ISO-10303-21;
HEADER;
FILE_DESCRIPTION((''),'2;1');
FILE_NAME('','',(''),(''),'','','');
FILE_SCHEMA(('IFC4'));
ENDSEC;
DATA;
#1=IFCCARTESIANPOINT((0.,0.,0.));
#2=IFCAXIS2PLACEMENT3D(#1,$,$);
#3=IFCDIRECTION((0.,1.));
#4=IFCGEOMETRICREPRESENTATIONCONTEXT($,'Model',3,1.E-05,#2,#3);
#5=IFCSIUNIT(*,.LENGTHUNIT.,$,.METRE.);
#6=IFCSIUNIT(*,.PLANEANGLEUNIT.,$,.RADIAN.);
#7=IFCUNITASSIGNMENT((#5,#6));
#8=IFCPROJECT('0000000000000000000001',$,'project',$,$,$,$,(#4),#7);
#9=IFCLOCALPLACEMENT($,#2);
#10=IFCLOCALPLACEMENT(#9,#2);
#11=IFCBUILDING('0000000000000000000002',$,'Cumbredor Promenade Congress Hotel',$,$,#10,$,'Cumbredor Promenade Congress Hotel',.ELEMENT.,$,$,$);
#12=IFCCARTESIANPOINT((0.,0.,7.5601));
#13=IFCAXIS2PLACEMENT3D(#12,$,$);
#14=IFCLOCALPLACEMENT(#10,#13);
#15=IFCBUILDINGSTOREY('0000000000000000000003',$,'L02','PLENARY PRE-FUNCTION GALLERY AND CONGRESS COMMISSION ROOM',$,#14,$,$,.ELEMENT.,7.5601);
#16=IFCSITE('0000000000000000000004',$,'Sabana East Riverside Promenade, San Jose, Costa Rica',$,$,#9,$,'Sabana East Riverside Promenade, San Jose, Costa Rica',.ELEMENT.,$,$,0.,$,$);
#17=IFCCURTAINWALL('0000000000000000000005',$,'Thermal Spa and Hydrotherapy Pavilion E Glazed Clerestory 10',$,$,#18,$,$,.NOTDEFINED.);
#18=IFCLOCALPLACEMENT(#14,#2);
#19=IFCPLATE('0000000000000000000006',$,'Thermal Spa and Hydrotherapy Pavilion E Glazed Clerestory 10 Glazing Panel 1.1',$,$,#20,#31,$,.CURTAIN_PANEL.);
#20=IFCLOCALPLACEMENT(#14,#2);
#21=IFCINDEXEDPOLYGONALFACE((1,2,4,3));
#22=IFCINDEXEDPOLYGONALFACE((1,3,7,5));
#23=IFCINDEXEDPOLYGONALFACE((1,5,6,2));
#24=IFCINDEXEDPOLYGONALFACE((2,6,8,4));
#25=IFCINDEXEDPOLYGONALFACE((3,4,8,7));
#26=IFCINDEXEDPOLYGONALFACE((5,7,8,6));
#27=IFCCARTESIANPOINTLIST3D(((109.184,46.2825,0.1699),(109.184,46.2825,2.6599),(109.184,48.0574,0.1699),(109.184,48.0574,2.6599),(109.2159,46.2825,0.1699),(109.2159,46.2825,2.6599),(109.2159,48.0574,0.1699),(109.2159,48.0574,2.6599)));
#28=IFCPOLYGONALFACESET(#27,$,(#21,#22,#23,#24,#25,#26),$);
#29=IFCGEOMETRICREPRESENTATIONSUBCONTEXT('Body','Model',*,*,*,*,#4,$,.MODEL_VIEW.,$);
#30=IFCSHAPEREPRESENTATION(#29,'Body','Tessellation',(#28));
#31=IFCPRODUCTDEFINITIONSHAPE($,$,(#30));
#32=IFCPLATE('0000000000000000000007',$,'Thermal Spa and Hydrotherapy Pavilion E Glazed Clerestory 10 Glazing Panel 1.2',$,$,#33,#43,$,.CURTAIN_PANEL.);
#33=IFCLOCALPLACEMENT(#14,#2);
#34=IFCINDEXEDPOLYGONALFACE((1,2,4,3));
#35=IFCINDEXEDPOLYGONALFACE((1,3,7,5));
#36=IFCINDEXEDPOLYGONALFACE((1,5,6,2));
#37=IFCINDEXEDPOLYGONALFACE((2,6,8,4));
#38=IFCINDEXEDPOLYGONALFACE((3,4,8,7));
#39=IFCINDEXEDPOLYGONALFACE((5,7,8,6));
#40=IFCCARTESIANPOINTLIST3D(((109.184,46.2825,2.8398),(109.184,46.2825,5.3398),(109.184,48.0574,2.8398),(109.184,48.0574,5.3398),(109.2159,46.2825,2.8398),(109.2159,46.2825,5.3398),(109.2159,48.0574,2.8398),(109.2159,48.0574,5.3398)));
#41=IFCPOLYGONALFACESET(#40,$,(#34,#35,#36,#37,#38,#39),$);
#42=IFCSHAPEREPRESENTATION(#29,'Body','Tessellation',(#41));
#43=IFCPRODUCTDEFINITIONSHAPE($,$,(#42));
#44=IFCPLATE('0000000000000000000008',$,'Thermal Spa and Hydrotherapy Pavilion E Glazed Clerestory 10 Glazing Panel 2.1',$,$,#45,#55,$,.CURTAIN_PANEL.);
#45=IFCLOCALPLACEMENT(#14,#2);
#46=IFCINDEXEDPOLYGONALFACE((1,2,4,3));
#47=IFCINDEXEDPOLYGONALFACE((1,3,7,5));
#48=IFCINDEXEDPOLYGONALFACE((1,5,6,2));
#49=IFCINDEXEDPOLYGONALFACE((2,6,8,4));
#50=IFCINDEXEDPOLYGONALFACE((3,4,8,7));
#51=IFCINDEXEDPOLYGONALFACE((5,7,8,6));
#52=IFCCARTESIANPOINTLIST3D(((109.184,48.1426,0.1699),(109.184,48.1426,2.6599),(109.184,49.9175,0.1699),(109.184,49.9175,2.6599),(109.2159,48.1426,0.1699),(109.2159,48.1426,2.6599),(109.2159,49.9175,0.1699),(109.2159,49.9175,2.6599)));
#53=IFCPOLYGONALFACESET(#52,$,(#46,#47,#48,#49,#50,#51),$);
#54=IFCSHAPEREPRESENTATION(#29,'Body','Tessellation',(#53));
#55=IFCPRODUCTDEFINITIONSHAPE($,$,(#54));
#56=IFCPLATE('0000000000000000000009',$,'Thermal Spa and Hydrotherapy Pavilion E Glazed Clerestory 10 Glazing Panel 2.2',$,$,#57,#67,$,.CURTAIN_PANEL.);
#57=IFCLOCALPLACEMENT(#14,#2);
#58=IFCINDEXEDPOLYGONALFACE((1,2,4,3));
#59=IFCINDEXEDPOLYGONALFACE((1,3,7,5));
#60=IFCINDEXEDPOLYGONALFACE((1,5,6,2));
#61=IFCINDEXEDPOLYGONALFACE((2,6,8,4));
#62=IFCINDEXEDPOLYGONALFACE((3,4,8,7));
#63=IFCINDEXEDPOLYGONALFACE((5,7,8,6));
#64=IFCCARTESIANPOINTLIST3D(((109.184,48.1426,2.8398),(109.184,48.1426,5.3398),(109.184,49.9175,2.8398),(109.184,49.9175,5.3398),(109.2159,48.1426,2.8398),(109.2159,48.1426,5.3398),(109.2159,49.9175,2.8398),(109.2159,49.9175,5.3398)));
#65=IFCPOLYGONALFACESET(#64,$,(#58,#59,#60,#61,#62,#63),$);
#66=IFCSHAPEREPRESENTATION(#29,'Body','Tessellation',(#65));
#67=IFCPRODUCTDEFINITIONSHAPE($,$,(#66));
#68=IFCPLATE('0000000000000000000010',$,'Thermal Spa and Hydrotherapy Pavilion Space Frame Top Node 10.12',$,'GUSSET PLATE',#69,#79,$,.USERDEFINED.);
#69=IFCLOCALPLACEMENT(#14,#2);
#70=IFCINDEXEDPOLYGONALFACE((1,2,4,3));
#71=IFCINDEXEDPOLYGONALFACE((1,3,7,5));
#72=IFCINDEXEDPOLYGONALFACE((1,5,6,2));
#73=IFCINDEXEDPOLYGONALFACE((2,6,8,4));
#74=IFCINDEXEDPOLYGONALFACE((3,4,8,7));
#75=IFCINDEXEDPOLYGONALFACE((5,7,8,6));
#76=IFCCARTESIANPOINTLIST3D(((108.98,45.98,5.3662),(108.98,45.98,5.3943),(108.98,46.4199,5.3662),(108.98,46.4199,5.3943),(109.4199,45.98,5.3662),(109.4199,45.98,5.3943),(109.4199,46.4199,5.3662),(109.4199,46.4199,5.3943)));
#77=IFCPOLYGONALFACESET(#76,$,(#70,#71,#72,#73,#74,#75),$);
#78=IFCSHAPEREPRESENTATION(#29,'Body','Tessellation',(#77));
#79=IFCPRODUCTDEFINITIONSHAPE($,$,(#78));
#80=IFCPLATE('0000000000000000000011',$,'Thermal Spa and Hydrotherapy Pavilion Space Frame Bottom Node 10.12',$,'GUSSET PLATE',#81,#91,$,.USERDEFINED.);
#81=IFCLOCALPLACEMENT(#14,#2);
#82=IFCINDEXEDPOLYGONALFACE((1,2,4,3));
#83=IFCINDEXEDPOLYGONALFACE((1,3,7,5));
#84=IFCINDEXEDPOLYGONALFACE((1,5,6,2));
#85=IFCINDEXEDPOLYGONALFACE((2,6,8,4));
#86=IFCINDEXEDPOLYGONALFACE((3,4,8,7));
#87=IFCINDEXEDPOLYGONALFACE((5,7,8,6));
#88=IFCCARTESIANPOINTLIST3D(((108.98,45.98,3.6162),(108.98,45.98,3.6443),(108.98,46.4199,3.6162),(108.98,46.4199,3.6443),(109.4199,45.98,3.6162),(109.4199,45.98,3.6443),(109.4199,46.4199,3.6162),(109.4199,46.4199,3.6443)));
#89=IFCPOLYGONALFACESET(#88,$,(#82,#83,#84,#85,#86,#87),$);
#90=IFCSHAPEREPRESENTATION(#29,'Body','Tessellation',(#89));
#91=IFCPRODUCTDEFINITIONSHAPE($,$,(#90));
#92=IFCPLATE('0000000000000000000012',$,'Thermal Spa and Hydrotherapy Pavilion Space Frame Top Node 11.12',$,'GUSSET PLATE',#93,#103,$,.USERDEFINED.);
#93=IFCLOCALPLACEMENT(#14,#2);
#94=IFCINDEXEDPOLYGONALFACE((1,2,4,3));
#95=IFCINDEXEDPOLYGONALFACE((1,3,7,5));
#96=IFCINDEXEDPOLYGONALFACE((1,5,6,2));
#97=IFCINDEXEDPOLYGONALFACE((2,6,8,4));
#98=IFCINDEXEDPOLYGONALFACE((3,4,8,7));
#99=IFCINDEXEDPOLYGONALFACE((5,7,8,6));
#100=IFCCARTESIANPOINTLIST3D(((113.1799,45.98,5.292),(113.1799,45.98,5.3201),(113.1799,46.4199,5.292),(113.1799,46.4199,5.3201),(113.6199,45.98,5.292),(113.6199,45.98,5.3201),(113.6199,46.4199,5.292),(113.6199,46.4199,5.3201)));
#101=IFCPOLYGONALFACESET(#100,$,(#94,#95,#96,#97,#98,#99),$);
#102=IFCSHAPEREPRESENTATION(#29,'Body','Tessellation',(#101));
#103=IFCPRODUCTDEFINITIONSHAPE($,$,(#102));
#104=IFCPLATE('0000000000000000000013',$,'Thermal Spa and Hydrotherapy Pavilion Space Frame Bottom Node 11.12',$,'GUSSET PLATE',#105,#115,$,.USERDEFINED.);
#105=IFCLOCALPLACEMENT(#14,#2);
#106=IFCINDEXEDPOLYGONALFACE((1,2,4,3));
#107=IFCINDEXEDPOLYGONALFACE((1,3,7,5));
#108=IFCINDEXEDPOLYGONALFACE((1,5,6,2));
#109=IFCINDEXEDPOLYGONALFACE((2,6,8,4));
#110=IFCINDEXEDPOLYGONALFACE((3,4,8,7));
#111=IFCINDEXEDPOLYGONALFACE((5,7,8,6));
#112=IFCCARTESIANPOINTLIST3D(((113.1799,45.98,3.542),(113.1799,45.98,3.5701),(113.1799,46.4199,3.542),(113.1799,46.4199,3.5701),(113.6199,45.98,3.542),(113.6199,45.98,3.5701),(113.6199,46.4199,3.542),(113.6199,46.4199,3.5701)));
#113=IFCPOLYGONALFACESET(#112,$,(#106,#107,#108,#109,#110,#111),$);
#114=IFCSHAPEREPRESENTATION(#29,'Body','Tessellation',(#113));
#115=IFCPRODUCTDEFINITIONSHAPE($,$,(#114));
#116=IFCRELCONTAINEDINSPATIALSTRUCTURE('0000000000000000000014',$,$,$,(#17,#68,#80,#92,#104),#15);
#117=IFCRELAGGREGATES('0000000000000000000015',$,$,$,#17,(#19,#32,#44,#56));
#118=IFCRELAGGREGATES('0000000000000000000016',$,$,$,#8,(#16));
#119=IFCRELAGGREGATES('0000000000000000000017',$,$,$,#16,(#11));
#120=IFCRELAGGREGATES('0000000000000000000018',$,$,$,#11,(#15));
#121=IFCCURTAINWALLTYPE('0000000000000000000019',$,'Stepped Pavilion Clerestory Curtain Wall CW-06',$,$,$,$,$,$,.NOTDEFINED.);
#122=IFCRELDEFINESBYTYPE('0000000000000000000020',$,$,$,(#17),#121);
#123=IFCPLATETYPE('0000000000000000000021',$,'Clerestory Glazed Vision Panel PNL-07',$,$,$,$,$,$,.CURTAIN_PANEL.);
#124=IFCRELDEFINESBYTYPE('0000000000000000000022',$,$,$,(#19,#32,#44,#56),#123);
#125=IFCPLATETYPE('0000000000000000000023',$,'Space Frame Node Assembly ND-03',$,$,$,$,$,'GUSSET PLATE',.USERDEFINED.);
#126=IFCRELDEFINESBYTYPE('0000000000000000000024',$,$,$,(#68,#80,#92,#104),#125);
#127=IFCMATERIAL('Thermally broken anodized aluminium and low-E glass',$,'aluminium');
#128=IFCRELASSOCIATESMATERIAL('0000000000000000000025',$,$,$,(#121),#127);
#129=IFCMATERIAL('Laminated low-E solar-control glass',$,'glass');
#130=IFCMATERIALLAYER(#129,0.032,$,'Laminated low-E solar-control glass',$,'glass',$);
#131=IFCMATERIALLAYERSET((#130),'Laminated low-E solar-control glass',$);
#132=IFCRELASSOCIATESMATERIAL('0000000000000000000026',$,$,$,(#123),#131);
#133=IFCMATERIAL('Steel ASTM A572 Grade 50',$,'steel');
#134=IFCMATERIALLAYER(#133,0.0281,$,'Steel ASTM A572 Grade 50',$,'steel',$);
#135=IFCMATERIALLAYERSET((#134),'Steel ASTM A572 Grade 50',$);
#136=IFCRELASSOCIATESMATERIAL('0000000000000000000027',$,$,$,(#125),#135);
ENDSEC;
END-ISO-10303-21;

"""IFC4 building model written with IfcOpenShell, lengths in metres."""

from ifc_helpers import new_model, si_unit, direction, frame, origin, origin_2d, place, context, subcontext, project, spatial, rectangle, extrude, material, layer, layer_set, type_object, element, aggregate, save


model = new_model("IFC4")

# Units and contexts
model_context = context("Model", 3, precision=1e-05, world=origin(), true_north=direction((0.0, 1.0)))
body_context = subcontext(model_context, "Body", "Model", "MODEL_VIEW")
ifc_project = project(units=[si_unit("LENGTHUNIT", "METRE"), si_unit("PLANEANGLEUNIT", "RADIAN")], contexts=[model_context])

# Site, building, storey
site_placement = place(None, origin())
site = spatial("IfcSite", under=ifc_project, at=site_placement, Name="Sabana East Riverside Promenade, San Jose, Costa Rica", LongName="Sabana East Riverside Promenade, San Jose, Costa Rica", CompositionType="ELEMENT", RefElevation=0.0)
building_placement = place(site_placement, origin())
building = spatial("IfcBuilding", under=site, at=building_placement, Name="Cumbredor Promenade Congress Hotel", LongName="Cumbredor Promenade Congress Hotel", CompositionType="ELEMENT")
storey_placement = place(building_placement, frame((0.0, 0.0, 7.5601)))
storey = spatial("IfcBuildingStorey", under=building, at=storey_placement, Name="L02", Description="PLENARY PRE-FUNCTION GALLERY AND CONGRESS COMMISSION ROOM", CompositionType="ELEMENT", Elevation=7.5601)

# Shared definitions
ifc_material_1 = material(Name="Thermally broken anodized aluminium and low-E glass", Category="aluminium")
curtain_wall_type = type_object("IfcCurtainWallType", Name="Stepped Pavilion Clerestory Curtain Wall CW-06", PredefinedType="NOTDEFINED", material=ifc_material_1)

# Curtain wall
curtain_wall_1_placement = place(storey_placement, origin())
curtain_wall_1 = element("IfcCurtainWall", 1, at=curtain_wall_1_placement, inside=storey, type_object=curtain_wall_type, Name="Thermal Spa and Hydrotherapy Pavilion E Glazed Clerestory 10", PredefinedType="NOTDEFINED")

# Plates
ifc_material_2 = material(Name="Laminated low-E solar-control glass", Category="glass")
ifc_layer_1 = layer(ifc_material_2, 0.032, Name="Laminated low-E solar-control glass", Category="glass")
ifc_layer_set_1 = layer_set([ifc_layer_1], Name="Laminated low-E solar-control glass")
plate_type_1 = type_object("IfcPlateType", Name="Clerestory Glazed Vision Panel PNL-07", PredefinedType="CURTAIN_PANEL", material=ifc_layer_set_1)
plate_1_placement = place(storey_placement, frame((109.2, 47.1699, 0.1699), z_axis=(0.0, 0.0, 1.0), x_axis=(0.0, 1.0, 0.0)))
plate_1 = element("IfcPlate", 2, at=plate_1_placement, type_object=plate_type_1, Name="Thermal Spa and Hydrotherapy Pavilion E Glazed Clerestory 10 Glazing Panel 1.1", PredefinedType="CURTAIN_PANEL", context=body_context, shape_type="SweptSolid", body=[
    extrude(rectangle(XDim=1.7749, YDim=0.032, at=origin_2d()), origin(), (0.0, 0.0, 1.0), 2.49),
])
plate_2_placement = place(storey_placement, frame((109.2, 47.1699, 2.8398), z_axis=(0.0, 0.0, 1.0), x_axis=(0.0, 1.0, 0.0)))
plate_2 = element("IfcPlate", 3, at=plate_2_placement, type_object=plate_type_1, Name="Thermal Spa and Hydrotherapy Pavilion E Glazed Clerestory 10 Glazing Panel 1.2", PredefinedType="CURTAIN_PANEL", context=body_context, shape_type="SweptSolid", body=[
    extrude(rectangle(XDim=1.7749, YDim=0.032, at=origin_2d()), origin(), (0.0, 0.0, 1.0), 2.5),
])
plate_3_placement = place(storey_placement, frame((109.2, 49.03, 0.1699), z_axis=(0.0, 0.0, 1.0), x_axis=(0.0, 1.0, 0.0)))
plate_3 = element("IfcPlate", 4, at=plate_3_placement, type_object=plate_type_1, Name="Thermal Spa and Hydrotherapy Pavilion E Glazed Clerestory 10 Glazing Panel 2.1", PredefinedType="CURTAIN_PANEL", context=body_context, shape_type="SweptSolid", body=[
    extrude(rectangle(XDim=1.7749, YDim=0.032, at=origin_2d()), origin(), (0.0, 0.0, 1.0), 2.49),
])
plate_4_placement = place(storey_placement, frame((109.2, 49.03, 2.8398), z_axis=(0.0, 0.0, 1.0), x_axis=(0.0, 1.0, 0.0)))
plate_4 = element("IfcPlate", 5, at=plate_4_placement, type_object=plate_type_1, Name="Thermal Spa and Hydrotherapy Pavilion E Glazed Clerestory 10 Glazing Panel 2.2", PredefinedType="CURTAIN_PANEL", context=body_context, shape_type="SweptSolid", body=[
    extrude(rectangle(XDim=1.7749, YDim=0.032, at=origin_2d()), origin(), (0.0, 0.0, 1.0), 2.5),
])
aggregate(curtain_wall_1, [plate_1, plate_2, plate_3, plate_4])

# Plates
ifc_material_3 = material(Name="Steel ASTM A572 Grade 50", Category="steel")
ifc_layer_2 = layer(ifc_material_3, 0.0281, Name="Steel ASTM A572 Grade 50", Category="steel")
ifc_layer_set_2 = layer_set([ifc_layer_2], Name="Steel ASTM A572 Grade 50")
plate_type_2 = type_object("IfcPlateType", Name="Space Frame Node Assembly ND-03", ElementType="GUSSET PLATE", PredefinedType="USERDEFINED", material=ifc_layer_set_2)
for number, where, z_axis, x_axis, name in (
    (6, (109.2, 46.2, 5.3662), (0.0, 0.0, 1.0), (1.0, 0.0, 0.0), "Thermal Spa and Hydrotherapy Pavilion Space Frame Top Node 10.12"),
    (7, (109.2, 46.2, 3.6162), (0.0, 0.0, 1.0), (1.0, 0.0, 0.0), "Thermal Spa and Hydrotherapy Pavilion Space Frame Bottom Node 10.12"),
    (8, (113.3999, 46.2, 5.292), (0.0, 0.0, 1.0), (1.0, 0.0, 0.0), "Thermal Spa and Hydrotherapy Pavilion Space Frame Top Node 11.12"),
    (9, (113.3999, 46.2, 3.542), (0.0, 0.0, 1.0), (1.0, 0.0, 0.0), "Thermal Spa and Hydrotherapy Pavilion Space Frame Bottom Node 11.12"),
):
    element("IfcPlate", number, at=place(storey_placement, frame(where, z_axis=z_axis, x_axis=x_axis)), inside=storey, type_object=plate_type_2, Name=name, ObjectType="GUSSET PLATE", PredefinedType="USERDEFINED", context=body_context, shape_type="SweptSolid", body=[
        extrude(rectangle(XDim=0.4399, YDim=0.4399, at=origin_2d()), origin(), (0.0, 0.0, 1.0), 0.0281),
    ])

save(model, "model.ifc")
